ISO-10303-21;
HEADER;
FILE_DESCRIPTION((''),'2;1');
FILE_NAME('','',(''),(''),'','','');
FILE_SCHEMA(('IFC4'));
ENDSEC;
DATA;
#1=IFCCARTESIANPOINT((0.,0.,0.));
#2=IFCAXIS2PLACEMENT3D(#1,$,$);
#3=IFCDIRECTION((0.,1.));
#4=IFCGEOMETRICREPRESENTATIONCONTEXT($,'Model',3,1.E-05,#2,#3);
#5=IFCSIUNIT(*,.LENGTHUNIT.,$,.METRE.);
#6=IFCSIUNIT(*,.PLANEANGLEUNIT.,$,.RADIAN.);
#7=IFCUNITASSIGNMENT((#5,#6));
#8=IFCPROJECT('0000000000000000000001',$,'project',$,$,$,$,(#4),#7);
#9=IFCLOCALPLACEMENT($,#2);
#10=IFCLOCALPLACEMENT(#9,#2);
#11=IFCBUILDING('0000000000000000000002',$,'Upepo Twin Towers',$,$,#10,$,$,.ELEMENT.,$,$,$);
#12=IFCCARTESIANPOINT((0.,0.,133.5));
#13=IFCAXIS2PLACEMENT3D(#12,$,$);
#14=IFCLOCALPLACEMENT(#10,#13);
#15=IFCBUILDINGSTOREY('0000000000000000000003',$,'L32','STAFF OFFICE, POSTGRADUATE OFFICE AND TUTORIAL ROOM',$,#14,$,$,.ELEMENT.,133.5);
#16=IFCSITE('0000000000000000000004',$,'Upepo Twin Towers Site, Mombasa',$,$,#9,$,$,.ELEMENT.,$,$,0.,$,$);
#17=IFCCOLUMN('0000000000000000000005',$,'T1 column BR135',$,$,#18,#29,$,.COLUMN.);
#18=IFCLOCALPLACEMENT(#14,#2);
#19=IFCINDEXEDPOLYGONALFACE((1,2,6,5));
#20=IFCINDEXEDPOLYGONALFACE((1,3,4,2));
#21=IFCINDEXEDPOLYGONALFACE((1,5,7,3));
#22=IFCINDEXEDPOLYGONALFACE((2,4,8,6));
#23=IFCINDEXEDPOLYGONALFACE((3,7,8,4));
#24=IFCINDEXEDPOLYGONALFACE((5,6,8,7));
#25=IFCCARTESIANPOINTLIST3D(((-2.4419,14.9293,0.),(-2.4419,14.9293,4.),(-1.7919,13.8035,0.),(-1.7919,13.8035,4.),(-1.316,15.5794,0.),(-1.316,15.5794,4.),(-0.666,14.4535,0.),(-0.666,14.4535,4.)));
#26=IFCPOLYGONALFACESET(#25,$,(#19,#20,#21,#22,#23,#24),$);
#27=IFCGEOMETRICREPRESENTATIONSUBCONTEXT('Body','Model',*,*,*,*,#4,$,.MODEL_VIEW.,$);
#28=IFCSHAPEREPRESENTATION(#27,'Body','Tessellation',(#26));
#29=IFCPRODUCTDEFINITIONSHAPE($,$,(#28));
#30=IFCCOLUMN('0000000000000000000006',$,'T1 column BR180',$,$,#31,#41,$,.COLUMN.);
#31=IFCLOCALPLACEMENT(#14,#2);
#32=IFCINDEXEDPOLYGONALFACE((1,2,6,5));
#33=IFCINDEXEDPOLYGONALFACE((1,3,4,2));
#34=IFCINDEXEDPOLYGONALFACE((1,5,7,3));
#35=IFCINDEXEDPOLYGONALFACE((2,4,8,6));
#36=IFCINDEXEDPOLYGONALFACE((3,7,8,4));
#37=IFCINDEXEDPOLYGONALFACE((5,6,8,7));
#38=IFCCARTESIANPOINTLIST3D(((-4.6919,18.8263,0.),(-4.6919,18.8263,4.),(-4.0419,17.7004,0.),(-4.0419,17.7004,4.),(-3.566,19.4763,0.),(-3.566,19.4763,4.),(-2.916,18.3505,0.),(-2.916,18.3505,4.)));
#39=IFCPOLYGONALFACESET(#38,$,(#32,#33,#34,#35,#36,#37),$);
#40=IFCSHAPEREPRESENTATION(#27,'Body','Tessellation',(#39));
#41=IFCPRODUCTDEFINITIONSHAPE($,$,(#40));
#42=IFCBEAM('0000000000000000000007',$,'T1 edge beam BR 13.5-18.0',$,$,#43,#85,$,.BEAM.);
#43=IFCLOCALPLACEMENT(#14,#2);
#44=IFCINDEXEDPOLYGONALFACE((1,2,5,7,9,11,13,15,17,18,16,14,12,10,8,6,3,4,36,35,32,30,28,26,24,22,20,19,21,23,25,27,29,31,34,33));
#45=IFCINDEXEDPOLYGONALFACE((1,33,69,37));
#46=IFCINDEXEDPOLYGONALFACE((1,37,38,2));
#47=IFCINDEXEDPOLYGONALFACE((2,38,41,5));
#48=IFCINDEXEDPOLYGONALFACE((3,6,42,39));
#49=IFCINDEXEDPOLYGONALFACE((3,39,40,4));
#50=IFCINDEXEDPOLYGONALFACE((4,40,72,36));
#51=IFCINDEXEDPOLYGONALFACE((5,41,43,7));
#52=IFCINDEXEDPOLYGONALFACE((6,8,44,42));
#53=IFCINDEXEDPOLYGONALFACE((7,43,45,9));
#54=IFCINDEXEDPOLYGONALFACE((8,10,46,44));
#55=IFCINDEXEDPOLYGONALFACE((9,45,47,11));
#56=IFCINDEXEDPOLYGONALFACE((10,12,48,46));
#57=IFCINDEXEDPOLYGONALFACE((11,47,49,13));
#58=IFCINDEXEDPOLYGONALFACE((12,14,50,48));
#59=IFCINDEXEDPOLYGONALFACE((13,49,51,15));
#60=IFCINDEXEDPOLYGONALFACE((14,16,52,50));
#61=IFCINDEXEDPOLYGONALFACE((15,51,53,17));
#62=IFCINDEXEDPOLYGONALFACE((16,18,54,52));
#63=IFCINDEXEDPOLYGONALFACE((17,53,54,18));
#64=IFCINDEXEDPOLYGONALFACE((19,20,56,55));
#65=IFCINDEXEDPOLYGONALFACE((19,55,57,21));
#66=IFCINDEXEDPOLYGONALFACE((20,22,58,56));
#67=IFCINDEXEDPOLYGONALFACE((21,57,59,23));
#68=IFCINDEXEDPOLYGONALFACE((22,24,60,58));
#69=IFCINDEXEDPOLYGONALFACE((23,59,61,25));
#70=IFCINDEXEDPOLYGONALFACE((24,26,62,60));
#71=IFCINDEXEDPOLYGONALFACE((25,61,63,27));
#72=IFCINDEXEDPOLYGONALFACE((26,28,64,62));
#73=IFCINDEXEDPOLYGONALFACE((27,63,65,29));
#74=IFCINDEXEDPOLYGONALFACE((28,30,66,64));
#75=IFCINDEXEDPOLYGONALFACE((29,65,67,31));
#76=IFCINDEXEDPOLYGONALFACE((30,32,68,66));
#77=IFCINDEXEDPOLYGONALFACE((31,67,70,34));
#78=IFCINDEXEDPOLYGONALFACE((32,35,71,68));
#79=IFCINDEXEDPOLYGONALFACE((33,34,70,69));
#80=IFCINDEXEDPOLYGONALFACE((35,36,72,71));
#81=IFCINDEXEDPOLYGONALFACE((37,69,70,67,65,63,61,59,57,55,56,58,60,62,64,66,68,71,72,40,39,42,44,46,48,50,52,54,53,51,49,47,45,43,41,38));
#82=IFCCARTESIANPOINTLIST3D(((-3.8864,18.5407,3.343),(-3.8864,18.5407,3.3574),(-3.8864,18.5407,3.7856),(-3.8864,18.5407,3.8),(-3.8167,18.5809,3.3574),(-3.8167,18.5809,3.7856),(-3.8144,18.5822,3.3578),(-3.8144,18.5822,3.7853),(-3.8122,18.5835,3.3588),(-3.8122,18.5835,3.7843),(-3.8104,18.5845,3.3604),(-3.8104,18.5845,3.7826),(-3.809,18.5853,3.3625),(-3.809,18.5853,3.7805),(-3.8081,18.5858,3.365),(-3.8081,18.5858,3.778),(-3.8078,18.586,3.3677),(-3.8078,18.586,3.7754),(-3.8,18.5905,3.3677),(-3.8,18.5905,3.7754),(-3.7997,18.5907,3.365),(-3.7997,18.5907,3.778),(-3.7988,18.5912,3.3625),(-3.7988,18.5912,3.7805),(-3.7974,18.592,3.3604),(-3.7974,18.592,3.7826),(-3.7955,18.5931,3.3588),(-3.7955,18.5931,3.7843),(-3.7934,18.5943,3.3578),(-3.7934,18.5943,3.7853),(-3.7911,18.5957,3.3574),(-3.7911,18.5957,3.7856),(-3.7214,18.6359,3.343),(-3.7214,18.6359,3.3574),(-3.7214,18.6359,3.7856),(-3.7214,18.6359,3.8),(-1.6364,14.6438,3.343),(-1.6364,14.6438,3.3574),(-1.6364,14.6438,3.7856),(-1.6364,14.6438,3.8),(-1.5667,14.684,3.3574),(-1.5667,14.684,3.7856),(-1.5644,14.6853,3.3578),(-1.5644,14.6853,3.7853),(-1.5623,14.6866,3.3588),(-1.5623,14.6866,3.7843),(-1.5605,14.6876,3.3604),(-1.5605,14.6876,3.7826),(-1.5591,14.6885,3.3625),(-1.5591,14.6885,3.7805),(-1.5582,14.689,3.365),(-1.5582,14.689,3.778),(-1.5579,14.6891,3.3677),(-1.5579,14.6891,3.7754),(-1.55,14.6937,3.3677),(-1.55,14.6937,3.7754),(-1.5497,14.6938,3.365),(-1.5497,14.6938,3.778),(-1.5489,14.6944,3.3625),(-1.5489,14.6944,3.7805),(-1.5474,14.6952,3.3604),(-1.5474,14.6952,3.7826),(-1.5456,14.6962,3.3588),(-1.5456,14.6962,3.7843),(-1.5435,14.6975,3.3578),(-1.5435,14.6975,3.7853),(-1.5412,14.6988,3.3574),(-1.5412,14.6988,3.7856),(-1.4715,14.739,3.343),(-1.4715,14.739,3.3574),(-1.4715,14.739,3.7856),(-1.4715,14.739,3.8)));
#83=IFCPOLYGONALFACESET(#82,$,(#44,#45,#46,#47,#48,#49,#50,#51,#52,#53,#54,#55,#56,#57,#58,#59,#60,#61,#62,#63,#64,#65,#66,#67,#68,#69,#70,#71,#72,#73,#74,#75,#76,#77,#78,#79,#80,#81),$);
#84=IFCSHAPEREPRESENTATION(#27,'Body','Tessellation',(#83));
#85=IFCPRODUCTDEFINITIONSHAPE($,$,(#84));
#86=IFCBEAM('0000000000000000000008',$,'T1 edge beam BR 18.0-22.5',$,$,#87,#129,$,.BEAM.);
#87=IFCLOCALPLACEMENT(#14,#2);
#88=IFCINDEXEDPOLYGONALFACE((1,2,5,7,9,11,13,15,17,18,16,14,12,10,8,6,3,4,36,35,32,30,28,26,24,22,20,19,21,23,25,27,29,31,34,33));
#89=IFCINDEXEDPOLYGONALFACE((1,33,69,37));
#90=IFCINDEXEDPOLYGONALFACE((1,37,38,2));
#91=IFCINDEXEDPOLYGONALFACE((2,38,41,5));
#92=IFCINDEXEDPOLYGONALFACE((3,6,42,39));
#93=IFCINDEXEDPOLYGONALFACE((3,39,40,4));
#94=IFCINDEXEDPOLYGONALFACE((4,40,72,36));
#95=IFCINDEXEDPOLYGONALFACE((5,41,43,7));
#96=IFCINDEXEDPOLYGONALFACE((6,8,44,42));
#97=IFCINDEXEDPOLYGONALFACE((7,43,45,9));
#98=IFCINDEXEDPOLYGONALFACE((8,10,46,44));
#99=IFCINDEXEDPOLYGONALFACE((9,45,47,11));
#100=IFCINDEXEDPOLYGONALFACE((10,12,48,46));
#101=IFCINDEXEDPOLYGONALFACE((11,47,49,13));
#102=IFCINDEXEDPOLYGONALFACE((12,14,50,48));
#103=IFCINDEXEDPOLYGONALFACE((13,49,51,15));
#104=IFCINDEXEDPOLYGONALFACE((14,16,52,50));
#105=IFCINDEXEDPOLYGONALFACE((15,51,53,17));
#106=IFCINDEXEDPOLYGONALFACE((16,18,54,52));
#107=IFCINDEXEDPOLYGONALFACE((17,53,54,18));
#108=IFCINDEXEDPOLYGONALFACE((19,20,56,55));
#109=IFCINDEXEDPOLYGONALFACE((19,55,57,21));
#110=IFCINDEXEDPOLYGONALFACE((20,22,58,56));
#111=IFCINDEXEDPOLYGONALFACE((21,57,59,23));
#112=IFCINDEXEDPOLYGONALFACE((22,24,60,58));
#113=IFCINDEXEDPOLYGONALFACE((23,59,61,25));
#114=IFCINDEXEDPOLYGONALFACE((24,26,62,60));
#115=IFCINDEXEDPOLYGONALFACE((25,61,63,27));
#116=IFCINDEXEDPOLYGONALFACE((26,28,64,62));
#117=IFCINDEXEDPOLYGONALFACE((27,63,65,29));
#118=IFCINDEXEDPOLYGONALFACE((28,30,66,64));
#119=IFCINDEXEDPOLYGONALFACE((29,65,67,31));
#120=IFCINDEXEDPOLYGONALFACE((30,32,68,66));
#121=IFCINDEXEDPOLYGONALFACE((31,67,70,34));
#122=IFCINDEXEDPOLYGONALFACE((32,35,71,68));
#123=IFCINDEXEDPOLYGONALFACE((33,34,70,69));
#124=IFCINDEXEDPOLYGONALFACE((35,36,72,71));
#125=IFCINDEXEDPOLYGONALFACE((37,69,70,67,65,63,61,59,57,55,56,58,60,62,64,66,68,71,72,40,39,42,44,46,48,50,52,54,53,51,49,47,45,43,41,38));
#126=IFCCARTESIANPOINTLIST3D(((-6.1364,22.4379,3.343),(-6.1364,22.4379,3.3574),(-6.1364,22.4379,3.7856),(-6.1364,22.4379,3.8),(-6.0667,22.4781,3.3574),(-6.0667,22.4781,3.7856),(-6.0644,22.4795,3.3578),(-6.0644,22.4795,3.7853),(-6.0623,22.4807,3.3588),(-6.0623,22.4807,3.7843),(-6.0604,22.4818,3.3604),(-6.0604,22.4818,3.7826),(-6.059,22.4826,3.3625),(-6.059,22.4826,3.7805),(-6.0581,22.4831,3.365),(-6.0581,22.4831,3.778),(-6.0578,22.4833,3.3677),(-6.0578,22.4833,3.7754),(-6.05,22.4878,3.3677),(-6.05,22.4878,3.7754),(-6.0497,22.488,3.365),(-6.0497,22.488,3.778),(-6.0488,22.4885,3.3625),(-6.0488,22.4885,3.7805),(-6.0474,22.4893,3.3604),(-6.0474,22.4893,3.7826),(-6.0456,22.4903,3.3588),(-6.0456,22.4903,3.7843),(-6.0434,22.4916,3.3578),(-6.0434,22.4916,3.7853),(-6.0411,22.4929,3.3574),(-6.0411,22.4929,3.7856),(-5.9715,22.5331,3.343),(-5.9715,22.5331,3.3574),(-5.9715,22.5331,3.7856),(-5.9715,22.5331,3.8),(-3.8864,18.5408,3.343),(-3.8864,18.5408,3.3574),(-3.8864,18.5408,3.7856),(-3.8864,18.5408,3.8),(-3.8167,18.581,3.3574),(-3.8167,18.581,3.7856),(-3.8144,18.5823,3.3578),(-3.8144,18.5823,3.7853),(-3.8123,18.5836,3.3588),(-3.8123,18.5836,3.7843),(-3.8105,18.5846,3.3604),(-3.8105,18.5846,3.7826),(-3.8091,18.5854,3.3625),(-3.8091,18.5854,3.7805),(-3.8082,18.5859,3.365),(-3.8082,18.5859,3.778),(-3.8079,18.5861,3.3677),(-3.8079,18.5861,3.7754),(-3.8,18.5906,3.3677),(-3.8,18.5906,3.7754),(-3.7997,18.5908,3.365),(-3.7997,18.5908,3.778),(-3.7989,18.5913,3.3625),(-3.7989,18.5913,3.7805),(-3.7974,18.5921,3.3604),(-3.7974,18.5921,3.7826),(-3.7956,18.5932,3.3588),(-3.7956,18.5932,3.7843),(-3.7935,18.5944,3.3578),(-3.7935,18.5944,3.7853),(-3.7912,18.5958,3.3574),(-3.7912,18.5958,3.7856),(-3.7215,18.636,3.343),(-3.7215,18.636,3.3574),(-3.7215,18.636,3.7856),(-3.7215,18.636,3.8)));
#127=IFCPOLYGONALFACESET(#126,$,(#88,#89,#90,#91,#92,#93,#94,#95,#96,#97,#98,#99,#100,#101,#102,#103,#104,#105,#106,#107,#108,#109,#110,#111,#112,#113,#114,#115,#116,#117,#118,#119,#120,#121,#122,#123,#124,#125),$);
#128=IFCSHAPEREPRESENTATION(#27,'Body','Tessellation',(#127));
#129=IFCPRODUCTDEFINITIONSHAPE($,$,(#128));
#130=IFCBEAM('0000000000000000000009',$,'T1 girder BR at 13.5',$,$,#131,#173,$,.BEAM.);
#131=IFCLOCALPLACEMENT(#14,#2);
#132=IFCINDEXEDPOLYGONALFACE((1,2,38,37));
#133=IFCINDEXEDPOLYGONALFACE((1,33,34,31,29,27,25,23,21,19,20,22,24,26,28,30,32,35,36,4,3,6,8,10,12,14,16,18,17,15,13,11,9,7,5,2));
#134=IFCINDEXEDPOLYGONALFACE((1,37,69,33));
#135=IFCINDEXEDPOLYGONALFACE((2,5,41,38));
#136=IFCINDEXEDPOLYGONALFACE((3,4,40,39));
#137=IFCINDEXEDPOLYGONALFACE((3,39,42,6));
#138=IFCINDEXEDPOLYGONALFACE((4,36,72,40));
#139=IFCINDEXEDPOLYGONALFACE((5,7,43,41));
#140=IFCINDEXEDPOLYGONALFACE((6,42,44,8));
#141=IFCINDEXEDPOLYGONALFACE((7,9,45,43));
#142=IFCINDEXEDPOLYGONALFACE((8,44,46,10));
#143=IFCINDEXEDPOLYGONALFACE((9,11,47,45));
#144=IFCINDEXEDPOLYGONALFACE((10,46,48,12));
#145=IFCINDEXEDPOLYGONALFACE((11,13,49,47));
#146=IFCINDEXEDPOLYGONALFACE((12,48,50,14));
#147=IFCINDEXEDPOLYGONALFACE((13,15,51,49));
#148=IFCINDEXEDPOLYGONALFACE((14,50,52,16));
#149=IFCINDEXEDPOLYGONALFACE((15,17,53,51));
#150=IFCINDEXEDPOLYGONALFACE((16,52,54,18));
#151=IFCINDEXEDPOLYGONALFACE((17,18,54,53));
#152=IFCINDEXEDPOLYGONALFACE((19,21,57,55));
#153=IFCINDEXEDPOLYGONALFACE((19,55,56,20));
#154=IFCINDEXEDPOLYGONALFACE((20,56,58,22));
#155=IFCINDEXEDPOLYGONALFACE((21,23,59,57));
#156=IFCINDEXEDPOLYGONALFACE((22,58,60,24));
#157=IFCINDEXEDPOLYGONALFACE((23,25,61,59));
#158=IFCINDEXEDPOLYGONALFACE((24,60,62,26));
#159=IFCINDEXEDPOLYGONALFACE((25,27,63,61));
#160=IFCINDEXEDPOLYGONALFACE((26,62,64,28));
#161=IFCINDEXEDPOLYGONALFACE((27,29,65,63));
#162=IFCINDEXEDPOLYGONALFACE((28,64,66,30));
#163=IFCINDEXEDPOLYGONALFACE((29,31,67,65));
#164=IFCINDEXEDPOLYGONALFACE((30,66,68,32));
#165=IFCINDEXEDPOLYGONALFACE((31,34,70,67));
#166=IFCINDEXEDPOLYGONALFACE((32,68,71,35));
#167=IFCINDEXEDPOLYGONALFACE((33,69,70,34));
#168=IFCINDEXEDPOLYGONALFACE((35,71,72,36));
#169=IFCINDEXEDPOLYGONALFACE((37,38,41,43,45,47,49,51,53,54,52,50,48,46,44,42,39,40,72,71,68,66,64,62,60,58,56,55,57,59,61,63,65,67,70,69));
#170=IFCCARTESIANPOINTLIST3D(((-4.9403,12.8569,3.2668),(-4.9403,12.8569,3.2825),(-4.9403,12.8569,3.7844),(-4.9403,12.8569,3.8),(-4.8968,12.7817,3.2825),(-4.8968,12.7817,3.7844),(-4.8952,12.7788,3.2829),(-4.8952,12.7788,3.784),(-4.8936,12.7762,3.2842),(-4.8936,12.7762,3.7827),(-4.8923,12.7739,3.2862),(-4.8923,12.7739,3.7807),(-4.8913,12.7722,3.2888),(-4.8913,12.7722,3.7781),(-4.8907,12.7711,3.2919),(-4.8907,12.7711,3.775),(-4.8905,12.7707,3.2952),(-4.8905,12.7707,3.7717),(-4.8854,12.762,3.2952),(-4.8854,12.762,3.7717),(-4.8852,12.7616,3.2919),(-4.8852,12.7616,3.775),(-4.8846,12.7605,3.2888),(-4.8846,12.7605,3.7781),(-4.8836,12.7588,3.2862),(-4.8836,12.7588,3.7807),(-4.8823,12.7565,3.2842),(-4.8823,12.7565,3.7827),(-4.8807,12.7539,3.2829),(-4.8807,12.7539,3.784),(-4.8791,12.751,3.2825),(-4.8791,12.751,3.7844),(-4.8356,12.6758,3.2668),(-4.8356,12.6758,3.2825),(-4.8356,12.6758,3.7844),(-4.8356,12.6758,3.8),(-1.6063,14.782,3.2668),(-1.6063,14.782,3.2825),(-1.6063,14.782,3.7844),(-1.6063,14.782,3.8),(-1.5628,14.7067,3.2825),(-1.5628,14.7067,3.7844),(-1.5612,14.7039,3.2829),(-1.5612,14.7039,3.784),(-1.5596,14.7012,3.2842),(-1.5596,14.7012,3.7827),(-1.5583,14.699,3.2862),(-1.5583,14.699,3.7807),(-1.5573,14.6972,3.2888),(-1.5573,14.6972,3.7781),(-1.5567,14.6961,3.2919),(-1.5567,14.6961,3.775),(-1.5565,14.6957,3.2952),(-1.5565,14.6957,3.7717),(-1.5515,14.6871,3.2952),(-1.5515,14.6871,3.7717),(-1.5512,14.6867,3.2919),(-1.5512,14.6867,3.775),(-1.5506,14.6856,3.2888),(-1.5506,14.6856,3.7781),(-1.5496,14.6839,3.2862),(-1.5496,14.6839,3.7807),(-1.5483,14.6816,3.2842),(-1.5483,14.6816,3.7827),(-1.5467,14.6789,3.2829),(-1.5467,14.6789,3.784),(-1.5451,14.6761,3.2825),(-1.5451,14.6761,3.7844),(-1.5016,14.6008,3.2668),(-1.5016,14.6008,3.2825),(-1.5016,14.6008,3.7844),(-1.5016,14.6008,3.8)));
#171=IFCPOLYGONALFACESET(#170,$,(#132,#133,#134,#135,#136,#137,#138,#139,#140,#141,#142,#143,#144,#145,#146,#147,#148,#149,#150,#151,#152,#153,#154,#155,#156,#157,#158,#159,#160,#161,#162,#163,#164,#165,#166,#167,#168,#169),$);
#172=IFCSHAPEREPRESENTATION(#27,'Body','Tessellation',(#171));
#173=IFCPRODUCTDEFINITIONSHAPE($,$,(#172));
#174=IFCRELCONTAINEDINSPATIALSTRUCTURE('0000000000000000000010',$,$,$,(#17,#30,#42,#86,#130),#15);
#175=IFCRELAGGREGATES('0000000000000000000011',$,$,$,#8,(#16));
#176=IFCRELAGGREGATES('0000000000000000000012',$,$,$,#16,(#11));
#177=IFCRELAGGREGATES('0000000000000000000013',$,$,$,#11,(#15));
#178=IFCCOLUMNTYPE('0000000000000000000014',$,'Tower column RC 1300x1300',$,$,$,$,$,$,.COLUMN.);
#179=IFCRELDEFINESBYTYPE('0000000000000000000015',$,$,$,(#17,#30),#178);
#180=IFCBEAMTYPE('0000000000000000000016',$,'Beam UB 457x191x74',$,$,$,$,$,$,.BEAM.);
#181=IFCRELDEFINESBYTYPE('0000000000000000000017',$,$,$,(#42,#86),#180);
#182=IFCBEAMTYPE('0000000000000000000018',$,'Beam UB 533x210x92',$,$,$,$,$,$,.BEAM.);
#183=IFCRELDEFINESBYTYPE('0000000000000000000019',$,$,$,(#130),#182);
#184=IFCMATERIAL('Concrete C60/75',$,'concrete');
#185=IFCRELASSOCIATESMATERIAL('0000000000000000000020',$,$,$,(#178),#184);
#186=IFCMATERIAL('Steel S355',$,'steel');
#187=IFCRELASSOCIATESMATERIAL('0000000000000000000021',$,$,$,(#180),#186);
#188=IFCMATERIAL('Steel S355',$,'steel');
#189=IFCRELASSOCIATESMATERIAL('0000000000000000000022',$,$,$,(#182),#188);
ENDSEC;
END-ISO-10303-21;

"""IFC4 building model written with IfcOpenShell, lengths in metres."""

from ifc_helpers import new_model, si_unit, direction, frame, origin, origin_2d, place, context, subcontext, project, spatial, rectangle, i_section, extrude, material, material_profile, profile_set, type_object, element, save


model = new_model("IFC4")

# Units and contexts
model_context = context("Model", 3, precision=1e-05, world=origin(), true_north=direction((0.0, 1.0)))
body_context = subcontext(model_context, "Body", "Model", "MODEL_VIEW")
ifc_project = project(units=[si_unit("LENGTHUNIT", "METRE"), si_unit("PLANEANGLEUNIT", "RADIAN")], contexts=[model_context])

# Site, building, storey
site_placement = place(None, origin())
site = spatial("IfcSite", under=ifc_project, at=site_placement, Name="Upepo Twin Towers Site, Mombasa", CompositionType="ELEMENT", RefElevation=0.0)
building_placement = place(site_placement, origin())
building = spatial("IfcBuilding", under=site, at=building_placement, Name="Upepo Twin Towers", CompositionType="ELEMENT")
storey_placement = place(building_placement, frame((0.0, 0.0, 133.5)))
storey = spatial("IfcBuildingStorey", under=building, at=storey_placement, Name="L32", Description="STAFF OFFICE, POSTGRADUATE OFFICE AND TUTORIAL ROOM", CompositionType="ELEMENT", Elevation=133.5)

# Columns
ifc_material_1 = material(Name="Concrete C60/75", Category="concrete")
ifc_material_profile_1 = material_profile(ifc_material_1, rectangle(XDim=1.3, YDim=1.3, at=origin_2d()), Name="RC 1300x1300")
ifc_profile_set_1 = profile_set([ifc_material_profile_1], Name="Concrete C60/75")
column_type = type_object("IfcColumnType", Name="Tower column RC 1300x1300", PredefinedType="COLUMN", material=ifc_profile_set_1)
for number, where, z_axis, x_axis, name in (
    (1, (-1.554, 14.6914, 0.0), (0.0, 0.0, 1.0), (0.866025, 0.5, 0.0), "T1 column BR135"),
    (2, (-3.804, 18.5884, 0.0), (0.0, 0.0, 1.0), (0.866025, 0.5, 0.0), "T1 column BR180"),
):
    element("IfcColumn", number, at=place(storey_placement, frame(where, z_axis=z_axis, x_axis=x_axis)), inside=storey, type_object=column_type, Name=name, PredefinedType="COLUMN", context=body_context, shape_type="SweptSolid", body=[
        extrude(rectangle(XDim=1.3, YDim=1.3, at=origin_2d()), origin(), (0.0, 0.0, 1.0), 4.0),
    ])

# Beams
ifc_material_2 = material(Name="Steel S355", Category="steel")
ifc_material_profile_2 = material_profile(ifc_material_2, i_section(OverallWidth=0.1904, OverallDepth=0.457, WebThickness=0.009, FlangeThickness=0.0144, FilletRadius=0.0103, at=origin_2d()), Name="UB 457x191x74")
ifc_profile_set_2 = profile_set([ifc_material_profile_2], Name="Steel S355")
beam_type_1 = type_object("IfcBeamType", Name="Beam UB 457x191x74", PredefinedType="BEAM", material=ifc_profile_set_2)
beam_1_placement = place(storey_placement, frame((-1.554, 14.6914, 3.5715), z_axis=(-0.500014, 0.866018, 0.0), x_axis=(-0.866018, -0.500014, 0.0)))
element("IfcBeam", 3, at=beam_1_placement, inside=storey, type_object=beam_type_1, Name="T1 edge beam BR 13.5-18.0", PredefinedType="BEAM", context=body_context, shape_type="SweptSolid", body=[
    extrude(i_section(OverallWidth=0.1904, OverallDepth=0.457, WebThickness=0.009, FlangeThickness=0.0144, FilletRadius=0.0103, at=origin_2d()), origin(), (0.0, 0.0, 1.0), 4.4998),
])
beam_2_placement = place(storey_placement, frame((-3.804, 18.5884, 3.5715), z_axis=(-0.49999, 0.866031, 0.0), x_axis=(-0.866031, -0.49999, 0.0)))
element("IfcBeam", 4, at=beam_2_placement, inside=storey, type_object=beam_type_1, Name="T1 edge beam BR 18.0-22.5", PredefinedType="BEAM", context=body_context, shape_type="SweptSolid", body=[
    extrude(i_section(OverallWidth=0.1904, OverallDepth=0.457, WebThickness=0.009, FlangeThickness=0.0144, FilletRadius=0.0103, at=origin_2d()), origin(), (0.0, 0.0, 1.0), 4.5),
])
ifc_material_3 = material(Name="Steel S355", Category="steel")
ifc_material_profile_3 = material_profile(ifc_material_3, i_section(OverallWidth=0.2092, OverallDepth=0.5332, WebThickness=0.01, FlangeThickness=0.0156, FilletRadius=0.0127, at=origin_2d()), Name="UB 533x210x92")
ifc_profile_set_3 = profile_set([ifc_material_profile_3], Name="Steel S355")
beam_type_2 = type_object("IfcBeamType", Name="Beam UB 533x210x92", PredefinedType="BEAM", material=ifc_profile_set_3)
beam_3_placement = place(storey_placement, frame((-1.554, 14.6914, 3.5334), z_axis=(-0.866006, -0.500034, 0.0), x_axis=(0.500034, -0.866006, 0.0)))
element("IfcBeam", 5, at=beam_3_placement, inside=storey, type_object=beam_type_2, Name="T1 girder BR at 13.5", PredefinedType="BEAM", context=body_context, shape_type="SweptSolid", body=[
    extrude(i_section(OverallWidth=0.2092, OverallDepth=0.5332, WebThickness=0.01, FlangeThickness=0.0156, FilletRadius=0.0127, at=origin_2d()), origin(), (0.0, 0.0, 1.0), 3.8499),
])

save(model, "model.ifc")
